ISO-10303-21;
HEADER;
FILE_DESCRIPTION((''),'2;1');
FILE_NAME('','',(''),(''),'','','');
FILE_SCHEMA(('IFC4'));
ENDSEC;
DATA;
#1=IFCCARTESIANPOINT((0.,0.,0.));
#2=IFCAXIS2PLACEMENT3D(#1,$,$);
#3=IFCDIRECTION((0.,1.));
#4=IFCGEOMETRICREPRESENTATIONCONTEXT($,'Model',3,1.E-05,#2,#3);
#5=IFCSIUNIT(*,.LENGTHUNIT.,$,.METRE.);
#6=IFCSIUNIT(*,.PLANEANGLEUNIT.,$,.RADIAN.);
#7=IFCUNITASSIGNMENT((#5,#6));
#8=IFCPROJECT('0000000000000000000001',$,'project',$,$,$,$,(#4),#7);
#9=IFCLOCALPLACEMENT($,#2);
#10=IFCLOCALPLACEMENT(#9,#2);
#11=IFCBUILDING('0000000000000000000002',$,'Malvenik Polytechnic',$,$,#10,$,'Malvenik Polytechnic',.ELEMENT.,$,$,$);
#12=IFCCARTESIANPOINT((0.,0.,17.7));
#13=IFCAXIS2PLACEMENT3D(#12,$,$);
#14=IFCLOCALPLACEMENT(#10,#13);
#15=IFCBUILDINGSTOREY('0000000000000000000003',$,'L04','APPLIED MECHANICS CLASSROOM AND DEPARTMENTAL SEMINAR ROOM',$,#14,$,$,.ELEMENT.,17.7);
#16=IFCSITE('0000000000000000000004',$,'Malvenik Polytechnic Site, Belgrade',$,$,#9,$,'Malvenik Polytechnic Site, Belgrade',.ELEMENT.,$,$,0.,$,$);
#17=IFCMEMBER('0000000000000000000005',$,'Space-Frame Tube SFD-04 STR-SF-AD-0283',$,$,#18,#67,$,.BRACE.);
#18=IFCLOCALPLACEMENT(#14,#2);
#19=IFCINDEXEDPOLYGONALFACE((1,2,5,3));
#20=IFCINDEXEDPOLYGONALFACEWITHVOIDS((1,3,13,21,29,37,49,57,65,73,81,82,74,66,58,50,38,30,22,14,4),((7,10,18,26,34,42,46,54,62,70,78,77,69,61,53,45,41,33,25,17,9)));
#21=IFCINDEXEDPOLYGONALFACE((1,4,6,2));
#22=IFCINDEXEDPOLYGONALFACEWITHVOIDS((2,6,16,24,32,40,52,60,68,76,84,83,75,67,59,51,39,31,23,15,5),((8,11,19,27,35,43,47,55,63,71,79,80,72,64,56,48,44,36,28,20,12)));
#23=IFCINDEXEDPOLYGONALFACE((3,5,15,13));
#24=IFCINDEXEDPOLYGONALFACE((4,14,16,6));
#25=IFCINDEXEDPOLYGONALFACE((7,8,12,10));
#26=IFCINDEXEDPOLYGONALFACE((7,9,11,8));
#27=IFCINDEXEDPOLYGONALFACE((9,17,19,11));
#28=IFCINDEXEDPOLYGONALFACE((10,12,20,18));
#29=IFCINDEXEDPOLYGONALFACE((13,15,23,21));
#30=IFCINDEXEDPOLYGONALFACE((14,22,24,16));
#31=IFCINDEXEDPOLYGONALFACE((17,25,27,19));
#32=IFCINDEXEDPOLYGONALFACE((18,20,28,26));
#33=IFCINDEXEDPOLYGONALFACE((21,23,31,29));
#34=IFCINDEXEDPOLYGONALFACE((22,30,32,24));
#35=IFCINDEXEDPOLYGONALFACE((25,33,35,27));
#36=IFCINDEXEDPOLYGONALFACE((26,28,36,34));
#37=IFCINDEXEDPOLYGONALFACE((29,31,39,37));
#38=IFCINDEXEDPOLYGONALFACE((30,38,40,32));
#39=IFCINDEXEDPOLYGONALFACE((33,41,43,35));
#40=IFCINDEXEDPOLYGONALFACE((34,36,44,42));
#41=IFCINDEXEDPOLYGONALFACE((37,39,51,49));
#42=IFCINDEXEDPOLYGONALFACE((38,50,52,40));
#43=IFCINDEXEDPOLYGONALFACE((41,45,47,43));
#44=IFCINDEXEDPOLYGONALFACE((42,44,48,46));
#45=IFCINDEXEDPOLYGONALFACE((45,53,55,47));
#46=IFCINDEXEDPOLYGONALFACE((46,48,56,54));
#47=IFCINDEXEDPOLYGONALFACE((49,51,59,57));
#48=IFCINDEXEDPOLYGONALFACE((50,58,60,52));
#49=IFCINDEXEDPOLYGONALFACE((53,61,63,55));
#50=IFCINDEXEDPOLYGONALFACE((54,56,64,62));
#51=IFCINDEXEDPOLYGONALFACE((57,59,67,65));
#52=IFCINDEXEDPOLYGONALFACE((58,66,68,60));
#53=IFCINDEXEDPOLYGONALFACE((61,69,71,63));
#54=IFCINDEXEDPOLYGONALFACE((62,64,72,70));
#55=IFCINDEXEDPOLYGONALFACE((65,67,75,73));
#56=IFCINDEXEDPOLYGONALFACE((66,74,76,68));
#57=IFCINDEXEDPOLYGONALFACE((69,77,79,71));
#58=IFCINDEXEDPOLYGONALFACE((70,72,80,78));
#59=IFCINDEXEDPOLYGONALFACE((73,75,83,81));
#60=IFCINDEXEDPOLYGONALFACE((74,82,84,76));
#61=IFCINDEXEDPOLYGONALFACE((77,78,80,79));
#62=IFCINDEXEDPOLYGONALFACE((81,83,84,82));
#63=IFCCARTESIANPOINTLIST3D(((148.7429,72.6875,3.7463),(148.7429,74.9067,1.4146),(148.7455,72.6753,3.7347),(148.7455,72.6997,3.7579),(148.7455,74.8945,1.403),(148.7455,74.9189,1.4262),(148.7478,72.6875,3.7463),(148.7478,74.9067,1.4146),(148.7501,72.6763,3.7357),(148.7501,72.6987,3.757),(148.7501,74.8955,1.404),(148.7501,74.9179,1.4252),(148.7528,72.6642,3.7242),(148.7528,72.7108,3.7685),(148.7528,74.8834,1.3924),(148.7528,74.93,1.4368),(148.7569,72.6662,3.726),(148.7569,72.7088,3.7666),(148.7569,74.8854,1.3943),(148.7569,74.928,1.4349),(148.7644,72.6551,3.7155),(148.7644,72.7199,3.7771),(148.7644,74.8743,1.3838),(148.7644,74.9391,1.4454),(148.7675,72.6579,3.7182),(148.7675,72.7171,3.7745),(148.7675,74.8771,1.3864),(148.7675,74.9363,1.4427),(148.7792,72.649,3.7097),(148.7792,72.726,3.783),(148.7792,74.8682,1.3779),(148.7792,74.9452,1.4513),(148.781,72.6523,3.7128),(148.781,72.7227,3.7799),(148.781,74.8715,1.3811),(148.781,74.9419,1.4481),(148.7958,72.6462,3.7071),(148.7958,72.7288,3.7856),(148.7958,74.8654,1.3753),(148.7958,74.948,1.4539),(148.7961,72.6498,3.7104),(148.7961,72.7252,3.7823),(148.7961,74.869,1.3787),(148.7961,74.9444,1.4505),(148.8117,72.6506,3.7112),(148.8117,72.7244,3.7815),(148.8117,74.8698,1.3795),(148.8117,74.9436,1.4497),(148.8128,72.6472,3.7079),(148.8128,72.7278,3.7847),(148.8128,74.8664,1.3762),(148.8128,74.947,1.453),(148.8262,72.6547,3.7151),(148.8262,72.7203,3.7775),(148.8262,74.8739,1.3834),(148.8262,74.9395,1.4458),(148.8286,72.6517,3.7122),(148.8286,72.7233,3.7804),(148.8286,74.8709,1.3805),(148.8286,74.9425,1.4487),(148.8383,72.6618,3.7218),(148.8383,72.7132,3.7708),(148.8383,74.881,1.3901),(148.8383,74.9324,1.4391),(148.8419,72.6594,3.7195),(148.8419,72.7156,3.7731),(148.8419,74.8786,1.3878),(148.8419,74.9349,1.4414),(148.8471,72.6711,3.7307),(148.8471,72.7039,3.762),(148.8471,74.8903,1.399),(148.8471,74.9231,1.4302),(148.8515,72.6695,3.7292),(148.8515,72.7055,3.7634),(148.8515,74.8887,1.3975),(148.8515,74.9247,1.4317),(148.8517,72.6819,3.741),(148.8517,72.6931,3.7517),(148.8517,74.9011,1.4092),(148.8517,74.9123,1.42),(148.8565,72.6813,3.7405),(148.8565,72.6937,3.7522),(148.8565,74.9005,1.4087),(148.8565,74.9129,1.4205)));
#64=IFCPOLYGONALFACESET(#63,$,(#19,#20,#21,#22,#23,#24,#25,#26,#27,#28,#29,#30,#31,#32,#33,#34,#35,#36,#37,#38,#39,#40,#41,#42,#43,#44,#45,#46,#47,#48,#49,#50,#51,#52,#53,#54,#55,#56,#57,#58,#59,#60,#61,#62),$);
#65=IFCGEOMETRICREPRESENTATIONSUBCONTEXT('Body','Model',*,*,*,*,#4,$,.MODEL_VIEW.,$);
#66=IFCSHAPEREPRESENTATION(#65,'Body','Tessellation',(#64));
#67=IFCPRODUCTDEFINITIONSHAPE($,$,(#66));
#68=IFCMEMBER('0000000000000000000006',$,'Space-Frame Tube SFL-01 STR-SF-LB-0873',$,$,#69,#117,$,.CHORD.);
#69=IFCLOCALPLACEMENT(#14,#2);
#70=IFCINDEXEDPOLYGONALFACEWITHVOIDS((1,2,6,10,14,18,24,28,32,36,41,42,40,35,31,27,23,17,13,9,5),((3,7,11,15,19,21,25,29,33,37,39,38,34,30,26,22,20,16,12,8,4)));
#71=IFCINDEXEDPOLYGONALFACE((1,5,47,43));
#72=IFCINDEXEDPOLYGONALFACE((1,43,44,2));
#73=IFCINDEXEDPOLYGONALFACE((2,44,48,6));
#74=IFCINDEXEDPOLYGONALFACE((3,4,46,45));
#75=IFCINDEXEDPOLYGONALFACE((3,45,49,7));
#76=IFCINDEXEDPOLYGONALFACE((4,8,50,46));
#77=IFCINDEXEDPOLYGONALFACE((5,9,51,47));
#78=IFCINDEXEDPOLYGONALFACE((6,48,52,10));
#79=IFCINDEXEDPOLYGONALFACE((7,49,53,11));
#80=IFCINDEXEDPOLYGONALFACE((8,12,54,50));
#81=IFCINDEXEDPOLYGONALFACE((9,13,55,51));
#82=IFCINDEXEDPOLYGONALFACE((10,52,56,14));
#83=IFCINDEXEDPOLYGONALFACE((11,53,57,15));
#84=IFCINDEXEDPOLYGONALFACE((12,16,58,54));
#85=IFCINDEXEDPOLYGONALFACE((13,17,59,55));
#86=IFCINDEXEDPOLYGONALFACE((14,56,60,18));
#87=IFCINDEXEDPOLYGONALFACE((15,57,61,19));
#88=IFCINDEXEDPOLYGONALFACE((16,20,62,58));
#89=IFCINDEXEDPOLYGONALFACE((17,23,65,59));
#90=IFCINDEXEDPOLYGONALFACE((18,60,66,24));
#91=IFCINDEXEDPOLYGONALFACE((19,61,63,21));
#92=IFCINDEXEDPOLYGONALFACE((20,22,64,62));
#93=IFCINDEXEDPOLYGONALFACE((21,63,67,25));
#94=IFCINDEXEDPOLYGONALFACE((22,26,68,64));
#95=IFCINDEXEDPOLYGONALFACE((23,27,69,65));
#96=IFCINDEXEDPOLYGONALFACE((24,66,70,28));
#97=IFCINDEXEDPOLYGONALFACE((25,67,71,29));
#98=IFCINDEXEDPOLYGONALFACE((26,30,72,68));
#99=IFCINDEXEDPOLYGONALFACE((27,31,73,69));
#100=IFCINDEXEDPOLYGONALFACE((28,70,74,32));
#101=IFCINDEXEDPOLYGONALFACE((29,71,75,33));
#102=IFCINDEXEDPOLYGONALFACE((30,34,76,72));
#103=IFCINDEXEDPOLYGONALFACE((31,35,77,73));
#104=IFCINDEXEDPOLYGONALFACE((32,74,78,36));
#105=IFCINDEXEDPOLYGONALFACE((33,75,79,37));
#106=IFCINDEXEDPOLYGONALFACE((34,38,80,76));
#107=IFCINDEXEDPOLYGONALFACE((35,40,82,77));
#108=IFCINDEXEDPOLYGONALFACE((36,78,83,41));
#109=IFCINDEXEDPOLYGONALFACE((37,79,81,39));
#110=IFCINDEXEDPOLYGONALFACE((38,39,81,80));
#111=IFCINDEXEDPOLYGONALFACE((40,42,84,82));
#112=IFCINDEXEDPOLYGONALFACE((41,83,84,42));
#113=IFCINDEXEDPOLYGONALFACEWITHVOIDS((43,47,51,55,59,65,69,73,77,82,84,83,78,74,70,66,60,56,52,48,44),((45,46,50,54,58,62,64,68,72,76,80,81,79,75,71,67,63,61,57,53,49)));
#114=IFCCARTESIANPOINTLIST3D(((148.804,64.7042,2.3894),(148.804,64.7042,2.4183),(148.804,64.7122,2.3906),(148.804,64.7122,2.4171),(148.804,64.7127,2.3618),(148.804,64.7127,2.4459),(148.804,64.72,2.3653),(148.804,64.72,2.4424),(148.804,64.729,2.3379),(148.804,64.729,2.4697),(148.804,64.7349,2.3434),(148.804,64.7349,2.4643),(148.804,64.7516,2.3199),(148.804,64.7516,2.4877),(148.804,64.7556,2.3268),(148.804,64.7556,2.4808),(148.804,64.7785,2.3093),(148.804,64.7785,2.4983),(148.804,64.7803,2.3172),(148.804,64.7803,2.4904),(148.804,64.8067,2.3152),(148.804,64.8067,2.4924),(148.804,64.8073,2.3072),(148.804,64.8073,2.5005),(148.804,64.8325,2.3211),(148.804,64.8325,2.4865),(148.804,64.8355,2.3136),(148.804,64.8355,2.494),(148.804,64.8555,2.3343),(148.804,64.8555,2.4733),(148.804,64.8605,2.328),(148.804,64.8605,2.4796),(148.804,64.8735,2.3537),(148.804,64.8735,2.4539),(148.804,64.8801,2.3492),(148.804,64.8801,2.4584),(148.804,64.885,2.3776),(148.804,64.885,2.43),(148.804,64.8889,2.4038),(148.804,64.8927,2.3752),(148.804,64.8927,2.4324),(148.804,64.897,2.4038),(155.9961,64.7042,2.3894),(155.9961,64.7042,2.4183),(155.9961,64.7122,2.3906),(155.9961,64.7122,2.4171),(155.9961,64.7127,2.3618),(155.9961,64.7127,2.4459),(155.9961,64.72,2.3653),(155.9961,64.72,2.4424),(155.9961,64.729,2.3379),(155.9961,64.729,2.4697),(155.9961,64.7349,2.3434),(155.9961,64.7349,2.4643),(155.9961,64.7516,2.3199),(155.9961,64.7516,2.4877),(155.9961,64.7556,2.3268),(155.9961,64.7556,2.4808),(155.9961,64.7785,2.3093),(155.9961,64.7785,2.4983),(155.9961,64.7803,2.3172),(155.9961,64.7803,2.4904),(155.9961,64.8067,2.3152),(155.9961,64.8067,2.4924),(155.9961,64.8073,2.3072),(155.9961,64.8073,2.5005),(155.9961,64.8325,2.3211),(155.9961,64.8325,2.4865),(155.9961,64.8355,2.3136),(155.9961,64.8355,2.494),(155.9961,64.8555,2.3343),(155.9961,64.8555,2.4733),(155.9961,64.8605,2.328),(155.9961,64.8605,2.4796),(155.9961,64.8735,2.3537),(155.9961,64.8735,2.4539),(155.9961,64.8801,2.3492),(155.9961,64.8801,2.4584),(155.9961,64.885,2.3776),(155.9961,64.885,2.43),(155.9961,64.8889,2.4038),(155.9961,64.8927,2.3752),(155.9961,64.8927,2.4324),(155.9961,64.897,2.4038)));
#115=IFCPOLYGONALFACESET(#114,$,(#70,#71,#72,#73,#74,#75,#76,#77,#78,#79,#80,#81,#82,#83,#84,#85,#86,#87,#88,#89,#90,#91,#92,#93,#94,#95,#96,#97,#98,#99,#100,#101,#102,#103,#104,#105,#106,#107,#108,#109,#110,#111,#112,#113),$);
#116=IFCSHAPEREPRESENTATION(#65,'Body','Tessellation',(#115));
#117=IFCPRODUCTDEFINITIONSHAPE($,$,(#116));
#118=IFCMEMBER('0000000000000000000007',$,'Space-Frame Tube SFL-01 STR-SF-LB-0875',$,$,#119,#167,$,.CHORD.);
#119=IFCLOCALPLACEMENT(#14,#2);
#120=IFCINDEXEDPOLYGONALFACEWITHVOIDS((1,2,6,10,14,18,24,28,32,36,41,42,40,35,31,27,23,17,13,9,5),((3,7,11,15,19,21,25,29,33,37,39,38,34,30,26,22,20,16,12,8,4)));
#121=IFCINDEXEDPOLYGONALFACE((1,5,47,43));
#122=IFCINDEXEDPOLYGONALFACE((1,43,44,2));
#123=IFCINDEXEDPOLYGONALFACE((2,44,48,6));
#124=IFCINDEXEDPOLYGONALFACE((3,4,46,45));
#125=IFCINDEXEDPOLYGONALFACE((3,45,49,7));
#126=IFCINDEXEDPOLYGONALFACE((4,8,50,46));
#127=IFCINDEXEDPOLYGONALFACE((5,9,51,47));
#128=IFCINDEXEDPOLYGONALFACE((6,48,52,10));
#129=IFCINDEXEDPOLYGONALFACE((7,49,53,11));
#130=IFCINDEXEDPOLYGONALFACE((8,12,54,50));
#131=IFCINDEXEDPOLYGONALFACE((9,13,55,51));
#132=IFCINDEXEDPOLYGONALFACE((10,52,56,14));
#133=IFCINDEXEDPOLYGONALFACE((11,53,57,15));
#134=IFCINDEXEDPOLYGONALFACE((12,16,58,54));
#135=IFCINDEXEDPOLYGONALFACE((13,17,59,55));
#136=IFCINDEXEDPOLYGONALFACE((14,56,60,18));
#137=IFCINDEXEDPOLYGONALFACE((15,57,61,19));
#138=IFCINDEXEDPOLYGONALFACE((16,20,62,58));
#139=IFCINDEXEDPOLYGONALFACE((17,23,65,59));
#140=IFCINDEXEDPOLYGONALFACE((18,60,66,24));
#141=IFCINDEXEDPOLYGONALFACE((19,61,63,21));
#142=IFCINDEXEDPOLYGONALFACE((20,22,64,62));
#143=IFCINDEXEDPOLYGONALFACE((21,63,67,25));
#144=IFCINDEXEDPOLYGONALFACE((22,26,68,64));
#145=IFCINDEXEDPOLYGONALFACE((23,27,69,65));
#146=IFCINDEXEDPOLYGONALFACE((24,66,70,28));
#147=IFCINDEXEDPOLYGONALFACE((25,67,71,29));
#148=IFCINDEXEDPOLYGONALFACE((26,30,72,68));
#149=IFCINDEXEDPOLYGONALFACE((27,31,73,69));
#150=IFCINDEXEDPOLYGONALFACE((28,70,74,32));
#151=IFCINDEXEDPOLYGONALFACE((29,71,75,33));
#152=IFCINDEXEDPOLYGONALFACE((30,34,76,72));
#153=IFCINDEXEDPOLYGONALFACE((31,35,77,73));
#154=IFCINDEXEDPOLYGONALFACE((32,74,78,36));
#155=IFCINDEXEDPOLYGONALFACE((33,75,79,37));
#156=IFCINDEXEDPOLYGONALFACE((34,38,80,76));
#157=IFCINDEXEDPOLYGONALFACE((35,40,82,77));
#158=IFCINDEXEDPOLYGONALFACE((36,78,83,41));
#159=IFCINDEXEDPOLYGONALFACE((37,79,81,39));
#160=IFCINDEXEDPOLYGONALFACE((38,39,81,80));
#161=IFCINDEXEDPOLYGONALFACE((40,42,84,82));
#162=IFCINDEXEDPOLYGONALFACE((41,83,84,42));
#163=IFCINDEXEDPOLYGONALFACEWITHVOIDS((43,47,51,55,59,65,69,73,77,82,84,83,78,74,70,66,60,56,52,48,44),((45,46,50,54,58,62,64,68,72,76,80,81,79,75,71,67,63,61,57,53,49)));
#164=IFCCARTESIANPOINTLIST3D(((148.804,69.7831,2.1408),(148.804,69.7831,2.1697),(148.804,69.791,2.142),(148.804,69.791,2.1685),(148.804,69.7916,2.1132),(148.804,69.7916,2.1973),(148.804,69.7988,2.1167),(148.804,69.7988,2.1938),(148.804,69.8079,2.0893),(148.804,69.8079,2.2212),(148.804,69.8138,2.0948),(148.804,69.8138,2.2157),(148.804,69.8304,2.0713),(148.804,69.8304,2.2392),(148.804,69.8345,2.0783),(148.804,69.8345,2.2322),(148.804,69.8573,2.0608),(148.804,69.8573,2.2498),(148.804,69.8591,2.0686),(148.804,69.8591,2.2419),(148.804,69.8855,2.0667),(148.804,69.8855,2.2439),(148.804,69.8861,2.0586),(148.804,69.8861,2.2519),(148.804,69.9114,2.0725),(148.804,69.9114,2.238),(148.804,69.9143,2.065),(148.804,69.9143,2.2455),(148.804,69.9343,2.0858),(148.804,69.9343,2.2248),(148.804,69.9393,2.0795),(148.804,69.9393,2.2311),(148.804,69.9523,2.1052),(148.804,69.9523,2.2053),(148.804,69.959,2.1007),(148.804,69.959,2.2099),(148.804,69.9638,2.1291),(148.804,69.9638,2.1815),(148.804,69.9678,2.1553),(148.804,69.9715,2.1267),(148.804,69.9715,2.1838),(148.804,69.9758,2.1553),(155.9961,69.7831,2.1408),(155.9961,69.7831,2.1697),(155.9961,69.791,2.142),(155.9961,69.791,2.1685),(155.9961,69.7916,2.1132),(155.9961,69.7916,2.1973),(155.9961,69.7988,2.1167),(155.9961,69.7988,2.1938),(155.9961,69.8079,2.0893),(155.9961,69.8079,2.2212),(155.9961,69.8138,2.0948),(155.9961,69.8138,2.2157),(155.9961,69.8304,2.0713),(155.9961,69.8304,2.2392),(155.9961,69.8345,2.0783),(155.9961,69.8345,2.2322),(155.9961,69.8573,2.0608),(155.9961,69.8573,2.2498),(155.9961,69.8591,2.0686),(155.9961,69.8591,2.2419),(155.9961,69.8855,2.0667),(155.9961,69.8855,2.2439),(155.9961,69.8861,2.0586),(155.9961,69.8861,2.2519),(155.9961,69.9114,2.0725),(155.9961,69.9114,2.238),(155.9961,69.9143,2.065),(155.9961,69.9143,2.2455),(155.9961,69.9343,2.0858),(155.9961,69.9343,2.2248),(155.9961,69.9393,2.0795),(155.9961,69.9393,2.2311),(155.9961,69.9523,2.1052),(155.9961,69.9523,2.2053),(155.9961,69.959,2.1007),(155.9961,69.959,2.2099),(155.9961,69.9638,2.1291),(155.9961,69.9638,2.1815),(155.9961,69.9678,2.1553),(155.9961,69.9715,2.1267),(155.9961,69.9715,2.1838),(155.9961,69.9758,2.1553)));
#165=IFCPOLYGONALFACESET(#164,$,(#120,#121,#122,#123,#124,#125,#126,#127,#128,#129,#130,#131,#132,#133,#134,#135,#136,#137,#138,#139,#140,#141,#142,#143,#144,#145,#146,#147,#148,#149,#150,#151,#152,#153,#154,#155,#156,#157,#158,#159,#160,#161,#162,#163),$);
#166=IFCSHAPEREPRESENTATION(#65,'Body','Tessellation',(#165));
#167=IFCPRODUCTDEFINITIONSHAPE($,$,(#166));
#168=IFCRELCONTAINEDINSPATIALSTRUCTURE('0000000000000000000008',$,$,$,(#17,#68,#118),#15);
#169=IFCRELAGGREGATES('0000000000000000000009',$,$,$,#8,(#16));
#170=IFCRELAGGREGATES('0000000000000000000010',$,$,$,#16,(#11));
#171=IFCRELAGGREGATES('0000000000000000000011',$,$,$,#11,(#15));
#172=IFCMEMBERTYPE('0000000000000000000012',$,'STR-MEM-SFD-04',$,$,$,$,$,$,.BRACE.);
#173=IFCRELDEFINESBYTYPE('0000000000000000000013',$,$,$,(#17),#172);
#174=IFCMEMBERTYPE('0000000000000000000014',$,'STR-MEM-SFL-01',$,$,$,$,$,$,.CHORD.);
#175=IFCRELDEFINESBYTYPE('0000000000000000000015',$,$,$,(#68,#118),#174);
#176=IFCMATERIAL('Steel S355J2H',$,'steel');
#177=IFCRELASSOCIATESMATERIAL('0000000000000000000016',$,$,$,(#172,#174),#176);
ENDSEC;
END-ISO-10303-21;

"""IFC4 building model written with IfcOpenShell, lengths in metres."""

from ifc_helpers import new_model, si_unit, direction, frame, origin, origin_2d, place, context, subcontext, project, spatial, hollow_circle, extrude, material, material_profile, profile_set, type_object, element, save


model = new_model("IFC4")

# Units and contexts
model_context = context("Model", 3, precision=1e-05, world=origin(), true_north=direction((0.0, 1.0)))
body_context = subcontext(model_context, "Body", "Model", "MODEL_VIEW")
ifc_project = project(units=[si_unit("LENGTHUNIT", "METRE"), si_unit("PLANEANGLEUNIT", "RADIAN")], contexts=[model_context])

# Site, building, storey
site_placement = place(None, origin())
site = spatial("IfcSite", under=ifc_project, at=site_placement, Name="Malvenik Polytechnic Site, Belgrade", LongName="Malvenik Polytechnic Site, Belgrade", CompositionType="ELEMENT", RefElevation=0.0)
building_placement = place(site_placement, origin())
building = spatial("IfcBuilding", under=site, at=building_placement, Name="Malvenik Polytechnic", LongName="Malvenik Polytechnic", CompositionType="ELEMENT")
storey_placement = place(building_placement, frame((0.0, 0.0, 17.7)))
storey = spatial("IfcBuildingStorey", under=building, at=storey_placement, Name="L04", Description="APPLIED MECHANICS CLASSROOM AND DEPARTMENTAL SEMINAR ROOM", CompositionType="ELEMENT", Elevation=17.7)

# Members
ifc_material_1 = material(Name="Steel S355J2H", Category="steel")
ifc_material_profile_1 = material_profile(ifc_material_1, hollow_circle(Radius=0.0571, WallThickness=0.0049, at=origin_2d()), Name="CHS 114.3x5.0")
ifc_profile_set_1 = profile_set([ifc_material_profile_1], Name="Steel S355J2H")
member_type_1 = type_object("IfcMemberType", Name="STR-MEM-SFD-04", PredefinedType="BRACE", material=ifc_profile_set_1)
for number, where, z_axis, x_axis, name in (
    (1, (148.8, 72.6875, 3.7463), (0.0, 0.689409, -0.724372), (-1.0, 0.0, 0.0), "Space-Frame Tube SFD-04 STR-SF-AD-0283"),
):
    element("IfcMember", number, at=place(storey_placement, frame(where, z_axis=z_axis, x_axis=x_axis)), inside=storey, type_object=member_type_1, Name=name, PredefinedType="BRACE", context=body_context, shape_type="SweptSolid", body=[
        extrude(hollow_circle(Radius=0.0571, WallThickness=0.0049, at=origin_2d()), origin(), (0.0, 0.0, 1.0), 3.219),
    ])
ifc_material_profile_2 = material_profile(ifc_material_1, hollow_circle(Radius=0.0969, WallThickness=0.0081, at=origin_2d()), Name="CHS 193.7x8.0")
ifc_profile_set_2 = profile_set([ifc_material_profile_2], Name="Steel S355J2H")
member_type_2 = type_object("IfcMemberType", Name="STR-MEM-SFL-01", PredefinedType="CHORD", material=ifc_profile_set_2)
for number, where, z_axis, x_axis, name in (
    (2, (148.804, 64.8, 2.4038), (1.0, 0.0, 0.0), (0.0, 1.0, 0.0), "Space-Frame Tube SFL-01 STR-SF-LB-0873"),
    (3, (148.804, 69.8789, 2.1553), (1.0, 0.0, 0.0), (0.0, 1.0, 0.0), "Space-Frame Tube SFL-01 STR-SF-LB-0875"),
):
    element("IfcMember", number, at=place(storey_placement, frame(where, z_axis=z_axis, x_axis=x_axis)), inside=storey, type_object=member_type_2, Name=name, PredefinedType="CHORD", context=body_context, shape_type="SweptSolid", body=[
        extrude(hollow_circle(Radius=0.0969, WallThickness=0.0081, at=origin_2d()), origin(), (0.0, 0.0, 1.0), 7.1921),
    ])

save(model, "model.ifc")
